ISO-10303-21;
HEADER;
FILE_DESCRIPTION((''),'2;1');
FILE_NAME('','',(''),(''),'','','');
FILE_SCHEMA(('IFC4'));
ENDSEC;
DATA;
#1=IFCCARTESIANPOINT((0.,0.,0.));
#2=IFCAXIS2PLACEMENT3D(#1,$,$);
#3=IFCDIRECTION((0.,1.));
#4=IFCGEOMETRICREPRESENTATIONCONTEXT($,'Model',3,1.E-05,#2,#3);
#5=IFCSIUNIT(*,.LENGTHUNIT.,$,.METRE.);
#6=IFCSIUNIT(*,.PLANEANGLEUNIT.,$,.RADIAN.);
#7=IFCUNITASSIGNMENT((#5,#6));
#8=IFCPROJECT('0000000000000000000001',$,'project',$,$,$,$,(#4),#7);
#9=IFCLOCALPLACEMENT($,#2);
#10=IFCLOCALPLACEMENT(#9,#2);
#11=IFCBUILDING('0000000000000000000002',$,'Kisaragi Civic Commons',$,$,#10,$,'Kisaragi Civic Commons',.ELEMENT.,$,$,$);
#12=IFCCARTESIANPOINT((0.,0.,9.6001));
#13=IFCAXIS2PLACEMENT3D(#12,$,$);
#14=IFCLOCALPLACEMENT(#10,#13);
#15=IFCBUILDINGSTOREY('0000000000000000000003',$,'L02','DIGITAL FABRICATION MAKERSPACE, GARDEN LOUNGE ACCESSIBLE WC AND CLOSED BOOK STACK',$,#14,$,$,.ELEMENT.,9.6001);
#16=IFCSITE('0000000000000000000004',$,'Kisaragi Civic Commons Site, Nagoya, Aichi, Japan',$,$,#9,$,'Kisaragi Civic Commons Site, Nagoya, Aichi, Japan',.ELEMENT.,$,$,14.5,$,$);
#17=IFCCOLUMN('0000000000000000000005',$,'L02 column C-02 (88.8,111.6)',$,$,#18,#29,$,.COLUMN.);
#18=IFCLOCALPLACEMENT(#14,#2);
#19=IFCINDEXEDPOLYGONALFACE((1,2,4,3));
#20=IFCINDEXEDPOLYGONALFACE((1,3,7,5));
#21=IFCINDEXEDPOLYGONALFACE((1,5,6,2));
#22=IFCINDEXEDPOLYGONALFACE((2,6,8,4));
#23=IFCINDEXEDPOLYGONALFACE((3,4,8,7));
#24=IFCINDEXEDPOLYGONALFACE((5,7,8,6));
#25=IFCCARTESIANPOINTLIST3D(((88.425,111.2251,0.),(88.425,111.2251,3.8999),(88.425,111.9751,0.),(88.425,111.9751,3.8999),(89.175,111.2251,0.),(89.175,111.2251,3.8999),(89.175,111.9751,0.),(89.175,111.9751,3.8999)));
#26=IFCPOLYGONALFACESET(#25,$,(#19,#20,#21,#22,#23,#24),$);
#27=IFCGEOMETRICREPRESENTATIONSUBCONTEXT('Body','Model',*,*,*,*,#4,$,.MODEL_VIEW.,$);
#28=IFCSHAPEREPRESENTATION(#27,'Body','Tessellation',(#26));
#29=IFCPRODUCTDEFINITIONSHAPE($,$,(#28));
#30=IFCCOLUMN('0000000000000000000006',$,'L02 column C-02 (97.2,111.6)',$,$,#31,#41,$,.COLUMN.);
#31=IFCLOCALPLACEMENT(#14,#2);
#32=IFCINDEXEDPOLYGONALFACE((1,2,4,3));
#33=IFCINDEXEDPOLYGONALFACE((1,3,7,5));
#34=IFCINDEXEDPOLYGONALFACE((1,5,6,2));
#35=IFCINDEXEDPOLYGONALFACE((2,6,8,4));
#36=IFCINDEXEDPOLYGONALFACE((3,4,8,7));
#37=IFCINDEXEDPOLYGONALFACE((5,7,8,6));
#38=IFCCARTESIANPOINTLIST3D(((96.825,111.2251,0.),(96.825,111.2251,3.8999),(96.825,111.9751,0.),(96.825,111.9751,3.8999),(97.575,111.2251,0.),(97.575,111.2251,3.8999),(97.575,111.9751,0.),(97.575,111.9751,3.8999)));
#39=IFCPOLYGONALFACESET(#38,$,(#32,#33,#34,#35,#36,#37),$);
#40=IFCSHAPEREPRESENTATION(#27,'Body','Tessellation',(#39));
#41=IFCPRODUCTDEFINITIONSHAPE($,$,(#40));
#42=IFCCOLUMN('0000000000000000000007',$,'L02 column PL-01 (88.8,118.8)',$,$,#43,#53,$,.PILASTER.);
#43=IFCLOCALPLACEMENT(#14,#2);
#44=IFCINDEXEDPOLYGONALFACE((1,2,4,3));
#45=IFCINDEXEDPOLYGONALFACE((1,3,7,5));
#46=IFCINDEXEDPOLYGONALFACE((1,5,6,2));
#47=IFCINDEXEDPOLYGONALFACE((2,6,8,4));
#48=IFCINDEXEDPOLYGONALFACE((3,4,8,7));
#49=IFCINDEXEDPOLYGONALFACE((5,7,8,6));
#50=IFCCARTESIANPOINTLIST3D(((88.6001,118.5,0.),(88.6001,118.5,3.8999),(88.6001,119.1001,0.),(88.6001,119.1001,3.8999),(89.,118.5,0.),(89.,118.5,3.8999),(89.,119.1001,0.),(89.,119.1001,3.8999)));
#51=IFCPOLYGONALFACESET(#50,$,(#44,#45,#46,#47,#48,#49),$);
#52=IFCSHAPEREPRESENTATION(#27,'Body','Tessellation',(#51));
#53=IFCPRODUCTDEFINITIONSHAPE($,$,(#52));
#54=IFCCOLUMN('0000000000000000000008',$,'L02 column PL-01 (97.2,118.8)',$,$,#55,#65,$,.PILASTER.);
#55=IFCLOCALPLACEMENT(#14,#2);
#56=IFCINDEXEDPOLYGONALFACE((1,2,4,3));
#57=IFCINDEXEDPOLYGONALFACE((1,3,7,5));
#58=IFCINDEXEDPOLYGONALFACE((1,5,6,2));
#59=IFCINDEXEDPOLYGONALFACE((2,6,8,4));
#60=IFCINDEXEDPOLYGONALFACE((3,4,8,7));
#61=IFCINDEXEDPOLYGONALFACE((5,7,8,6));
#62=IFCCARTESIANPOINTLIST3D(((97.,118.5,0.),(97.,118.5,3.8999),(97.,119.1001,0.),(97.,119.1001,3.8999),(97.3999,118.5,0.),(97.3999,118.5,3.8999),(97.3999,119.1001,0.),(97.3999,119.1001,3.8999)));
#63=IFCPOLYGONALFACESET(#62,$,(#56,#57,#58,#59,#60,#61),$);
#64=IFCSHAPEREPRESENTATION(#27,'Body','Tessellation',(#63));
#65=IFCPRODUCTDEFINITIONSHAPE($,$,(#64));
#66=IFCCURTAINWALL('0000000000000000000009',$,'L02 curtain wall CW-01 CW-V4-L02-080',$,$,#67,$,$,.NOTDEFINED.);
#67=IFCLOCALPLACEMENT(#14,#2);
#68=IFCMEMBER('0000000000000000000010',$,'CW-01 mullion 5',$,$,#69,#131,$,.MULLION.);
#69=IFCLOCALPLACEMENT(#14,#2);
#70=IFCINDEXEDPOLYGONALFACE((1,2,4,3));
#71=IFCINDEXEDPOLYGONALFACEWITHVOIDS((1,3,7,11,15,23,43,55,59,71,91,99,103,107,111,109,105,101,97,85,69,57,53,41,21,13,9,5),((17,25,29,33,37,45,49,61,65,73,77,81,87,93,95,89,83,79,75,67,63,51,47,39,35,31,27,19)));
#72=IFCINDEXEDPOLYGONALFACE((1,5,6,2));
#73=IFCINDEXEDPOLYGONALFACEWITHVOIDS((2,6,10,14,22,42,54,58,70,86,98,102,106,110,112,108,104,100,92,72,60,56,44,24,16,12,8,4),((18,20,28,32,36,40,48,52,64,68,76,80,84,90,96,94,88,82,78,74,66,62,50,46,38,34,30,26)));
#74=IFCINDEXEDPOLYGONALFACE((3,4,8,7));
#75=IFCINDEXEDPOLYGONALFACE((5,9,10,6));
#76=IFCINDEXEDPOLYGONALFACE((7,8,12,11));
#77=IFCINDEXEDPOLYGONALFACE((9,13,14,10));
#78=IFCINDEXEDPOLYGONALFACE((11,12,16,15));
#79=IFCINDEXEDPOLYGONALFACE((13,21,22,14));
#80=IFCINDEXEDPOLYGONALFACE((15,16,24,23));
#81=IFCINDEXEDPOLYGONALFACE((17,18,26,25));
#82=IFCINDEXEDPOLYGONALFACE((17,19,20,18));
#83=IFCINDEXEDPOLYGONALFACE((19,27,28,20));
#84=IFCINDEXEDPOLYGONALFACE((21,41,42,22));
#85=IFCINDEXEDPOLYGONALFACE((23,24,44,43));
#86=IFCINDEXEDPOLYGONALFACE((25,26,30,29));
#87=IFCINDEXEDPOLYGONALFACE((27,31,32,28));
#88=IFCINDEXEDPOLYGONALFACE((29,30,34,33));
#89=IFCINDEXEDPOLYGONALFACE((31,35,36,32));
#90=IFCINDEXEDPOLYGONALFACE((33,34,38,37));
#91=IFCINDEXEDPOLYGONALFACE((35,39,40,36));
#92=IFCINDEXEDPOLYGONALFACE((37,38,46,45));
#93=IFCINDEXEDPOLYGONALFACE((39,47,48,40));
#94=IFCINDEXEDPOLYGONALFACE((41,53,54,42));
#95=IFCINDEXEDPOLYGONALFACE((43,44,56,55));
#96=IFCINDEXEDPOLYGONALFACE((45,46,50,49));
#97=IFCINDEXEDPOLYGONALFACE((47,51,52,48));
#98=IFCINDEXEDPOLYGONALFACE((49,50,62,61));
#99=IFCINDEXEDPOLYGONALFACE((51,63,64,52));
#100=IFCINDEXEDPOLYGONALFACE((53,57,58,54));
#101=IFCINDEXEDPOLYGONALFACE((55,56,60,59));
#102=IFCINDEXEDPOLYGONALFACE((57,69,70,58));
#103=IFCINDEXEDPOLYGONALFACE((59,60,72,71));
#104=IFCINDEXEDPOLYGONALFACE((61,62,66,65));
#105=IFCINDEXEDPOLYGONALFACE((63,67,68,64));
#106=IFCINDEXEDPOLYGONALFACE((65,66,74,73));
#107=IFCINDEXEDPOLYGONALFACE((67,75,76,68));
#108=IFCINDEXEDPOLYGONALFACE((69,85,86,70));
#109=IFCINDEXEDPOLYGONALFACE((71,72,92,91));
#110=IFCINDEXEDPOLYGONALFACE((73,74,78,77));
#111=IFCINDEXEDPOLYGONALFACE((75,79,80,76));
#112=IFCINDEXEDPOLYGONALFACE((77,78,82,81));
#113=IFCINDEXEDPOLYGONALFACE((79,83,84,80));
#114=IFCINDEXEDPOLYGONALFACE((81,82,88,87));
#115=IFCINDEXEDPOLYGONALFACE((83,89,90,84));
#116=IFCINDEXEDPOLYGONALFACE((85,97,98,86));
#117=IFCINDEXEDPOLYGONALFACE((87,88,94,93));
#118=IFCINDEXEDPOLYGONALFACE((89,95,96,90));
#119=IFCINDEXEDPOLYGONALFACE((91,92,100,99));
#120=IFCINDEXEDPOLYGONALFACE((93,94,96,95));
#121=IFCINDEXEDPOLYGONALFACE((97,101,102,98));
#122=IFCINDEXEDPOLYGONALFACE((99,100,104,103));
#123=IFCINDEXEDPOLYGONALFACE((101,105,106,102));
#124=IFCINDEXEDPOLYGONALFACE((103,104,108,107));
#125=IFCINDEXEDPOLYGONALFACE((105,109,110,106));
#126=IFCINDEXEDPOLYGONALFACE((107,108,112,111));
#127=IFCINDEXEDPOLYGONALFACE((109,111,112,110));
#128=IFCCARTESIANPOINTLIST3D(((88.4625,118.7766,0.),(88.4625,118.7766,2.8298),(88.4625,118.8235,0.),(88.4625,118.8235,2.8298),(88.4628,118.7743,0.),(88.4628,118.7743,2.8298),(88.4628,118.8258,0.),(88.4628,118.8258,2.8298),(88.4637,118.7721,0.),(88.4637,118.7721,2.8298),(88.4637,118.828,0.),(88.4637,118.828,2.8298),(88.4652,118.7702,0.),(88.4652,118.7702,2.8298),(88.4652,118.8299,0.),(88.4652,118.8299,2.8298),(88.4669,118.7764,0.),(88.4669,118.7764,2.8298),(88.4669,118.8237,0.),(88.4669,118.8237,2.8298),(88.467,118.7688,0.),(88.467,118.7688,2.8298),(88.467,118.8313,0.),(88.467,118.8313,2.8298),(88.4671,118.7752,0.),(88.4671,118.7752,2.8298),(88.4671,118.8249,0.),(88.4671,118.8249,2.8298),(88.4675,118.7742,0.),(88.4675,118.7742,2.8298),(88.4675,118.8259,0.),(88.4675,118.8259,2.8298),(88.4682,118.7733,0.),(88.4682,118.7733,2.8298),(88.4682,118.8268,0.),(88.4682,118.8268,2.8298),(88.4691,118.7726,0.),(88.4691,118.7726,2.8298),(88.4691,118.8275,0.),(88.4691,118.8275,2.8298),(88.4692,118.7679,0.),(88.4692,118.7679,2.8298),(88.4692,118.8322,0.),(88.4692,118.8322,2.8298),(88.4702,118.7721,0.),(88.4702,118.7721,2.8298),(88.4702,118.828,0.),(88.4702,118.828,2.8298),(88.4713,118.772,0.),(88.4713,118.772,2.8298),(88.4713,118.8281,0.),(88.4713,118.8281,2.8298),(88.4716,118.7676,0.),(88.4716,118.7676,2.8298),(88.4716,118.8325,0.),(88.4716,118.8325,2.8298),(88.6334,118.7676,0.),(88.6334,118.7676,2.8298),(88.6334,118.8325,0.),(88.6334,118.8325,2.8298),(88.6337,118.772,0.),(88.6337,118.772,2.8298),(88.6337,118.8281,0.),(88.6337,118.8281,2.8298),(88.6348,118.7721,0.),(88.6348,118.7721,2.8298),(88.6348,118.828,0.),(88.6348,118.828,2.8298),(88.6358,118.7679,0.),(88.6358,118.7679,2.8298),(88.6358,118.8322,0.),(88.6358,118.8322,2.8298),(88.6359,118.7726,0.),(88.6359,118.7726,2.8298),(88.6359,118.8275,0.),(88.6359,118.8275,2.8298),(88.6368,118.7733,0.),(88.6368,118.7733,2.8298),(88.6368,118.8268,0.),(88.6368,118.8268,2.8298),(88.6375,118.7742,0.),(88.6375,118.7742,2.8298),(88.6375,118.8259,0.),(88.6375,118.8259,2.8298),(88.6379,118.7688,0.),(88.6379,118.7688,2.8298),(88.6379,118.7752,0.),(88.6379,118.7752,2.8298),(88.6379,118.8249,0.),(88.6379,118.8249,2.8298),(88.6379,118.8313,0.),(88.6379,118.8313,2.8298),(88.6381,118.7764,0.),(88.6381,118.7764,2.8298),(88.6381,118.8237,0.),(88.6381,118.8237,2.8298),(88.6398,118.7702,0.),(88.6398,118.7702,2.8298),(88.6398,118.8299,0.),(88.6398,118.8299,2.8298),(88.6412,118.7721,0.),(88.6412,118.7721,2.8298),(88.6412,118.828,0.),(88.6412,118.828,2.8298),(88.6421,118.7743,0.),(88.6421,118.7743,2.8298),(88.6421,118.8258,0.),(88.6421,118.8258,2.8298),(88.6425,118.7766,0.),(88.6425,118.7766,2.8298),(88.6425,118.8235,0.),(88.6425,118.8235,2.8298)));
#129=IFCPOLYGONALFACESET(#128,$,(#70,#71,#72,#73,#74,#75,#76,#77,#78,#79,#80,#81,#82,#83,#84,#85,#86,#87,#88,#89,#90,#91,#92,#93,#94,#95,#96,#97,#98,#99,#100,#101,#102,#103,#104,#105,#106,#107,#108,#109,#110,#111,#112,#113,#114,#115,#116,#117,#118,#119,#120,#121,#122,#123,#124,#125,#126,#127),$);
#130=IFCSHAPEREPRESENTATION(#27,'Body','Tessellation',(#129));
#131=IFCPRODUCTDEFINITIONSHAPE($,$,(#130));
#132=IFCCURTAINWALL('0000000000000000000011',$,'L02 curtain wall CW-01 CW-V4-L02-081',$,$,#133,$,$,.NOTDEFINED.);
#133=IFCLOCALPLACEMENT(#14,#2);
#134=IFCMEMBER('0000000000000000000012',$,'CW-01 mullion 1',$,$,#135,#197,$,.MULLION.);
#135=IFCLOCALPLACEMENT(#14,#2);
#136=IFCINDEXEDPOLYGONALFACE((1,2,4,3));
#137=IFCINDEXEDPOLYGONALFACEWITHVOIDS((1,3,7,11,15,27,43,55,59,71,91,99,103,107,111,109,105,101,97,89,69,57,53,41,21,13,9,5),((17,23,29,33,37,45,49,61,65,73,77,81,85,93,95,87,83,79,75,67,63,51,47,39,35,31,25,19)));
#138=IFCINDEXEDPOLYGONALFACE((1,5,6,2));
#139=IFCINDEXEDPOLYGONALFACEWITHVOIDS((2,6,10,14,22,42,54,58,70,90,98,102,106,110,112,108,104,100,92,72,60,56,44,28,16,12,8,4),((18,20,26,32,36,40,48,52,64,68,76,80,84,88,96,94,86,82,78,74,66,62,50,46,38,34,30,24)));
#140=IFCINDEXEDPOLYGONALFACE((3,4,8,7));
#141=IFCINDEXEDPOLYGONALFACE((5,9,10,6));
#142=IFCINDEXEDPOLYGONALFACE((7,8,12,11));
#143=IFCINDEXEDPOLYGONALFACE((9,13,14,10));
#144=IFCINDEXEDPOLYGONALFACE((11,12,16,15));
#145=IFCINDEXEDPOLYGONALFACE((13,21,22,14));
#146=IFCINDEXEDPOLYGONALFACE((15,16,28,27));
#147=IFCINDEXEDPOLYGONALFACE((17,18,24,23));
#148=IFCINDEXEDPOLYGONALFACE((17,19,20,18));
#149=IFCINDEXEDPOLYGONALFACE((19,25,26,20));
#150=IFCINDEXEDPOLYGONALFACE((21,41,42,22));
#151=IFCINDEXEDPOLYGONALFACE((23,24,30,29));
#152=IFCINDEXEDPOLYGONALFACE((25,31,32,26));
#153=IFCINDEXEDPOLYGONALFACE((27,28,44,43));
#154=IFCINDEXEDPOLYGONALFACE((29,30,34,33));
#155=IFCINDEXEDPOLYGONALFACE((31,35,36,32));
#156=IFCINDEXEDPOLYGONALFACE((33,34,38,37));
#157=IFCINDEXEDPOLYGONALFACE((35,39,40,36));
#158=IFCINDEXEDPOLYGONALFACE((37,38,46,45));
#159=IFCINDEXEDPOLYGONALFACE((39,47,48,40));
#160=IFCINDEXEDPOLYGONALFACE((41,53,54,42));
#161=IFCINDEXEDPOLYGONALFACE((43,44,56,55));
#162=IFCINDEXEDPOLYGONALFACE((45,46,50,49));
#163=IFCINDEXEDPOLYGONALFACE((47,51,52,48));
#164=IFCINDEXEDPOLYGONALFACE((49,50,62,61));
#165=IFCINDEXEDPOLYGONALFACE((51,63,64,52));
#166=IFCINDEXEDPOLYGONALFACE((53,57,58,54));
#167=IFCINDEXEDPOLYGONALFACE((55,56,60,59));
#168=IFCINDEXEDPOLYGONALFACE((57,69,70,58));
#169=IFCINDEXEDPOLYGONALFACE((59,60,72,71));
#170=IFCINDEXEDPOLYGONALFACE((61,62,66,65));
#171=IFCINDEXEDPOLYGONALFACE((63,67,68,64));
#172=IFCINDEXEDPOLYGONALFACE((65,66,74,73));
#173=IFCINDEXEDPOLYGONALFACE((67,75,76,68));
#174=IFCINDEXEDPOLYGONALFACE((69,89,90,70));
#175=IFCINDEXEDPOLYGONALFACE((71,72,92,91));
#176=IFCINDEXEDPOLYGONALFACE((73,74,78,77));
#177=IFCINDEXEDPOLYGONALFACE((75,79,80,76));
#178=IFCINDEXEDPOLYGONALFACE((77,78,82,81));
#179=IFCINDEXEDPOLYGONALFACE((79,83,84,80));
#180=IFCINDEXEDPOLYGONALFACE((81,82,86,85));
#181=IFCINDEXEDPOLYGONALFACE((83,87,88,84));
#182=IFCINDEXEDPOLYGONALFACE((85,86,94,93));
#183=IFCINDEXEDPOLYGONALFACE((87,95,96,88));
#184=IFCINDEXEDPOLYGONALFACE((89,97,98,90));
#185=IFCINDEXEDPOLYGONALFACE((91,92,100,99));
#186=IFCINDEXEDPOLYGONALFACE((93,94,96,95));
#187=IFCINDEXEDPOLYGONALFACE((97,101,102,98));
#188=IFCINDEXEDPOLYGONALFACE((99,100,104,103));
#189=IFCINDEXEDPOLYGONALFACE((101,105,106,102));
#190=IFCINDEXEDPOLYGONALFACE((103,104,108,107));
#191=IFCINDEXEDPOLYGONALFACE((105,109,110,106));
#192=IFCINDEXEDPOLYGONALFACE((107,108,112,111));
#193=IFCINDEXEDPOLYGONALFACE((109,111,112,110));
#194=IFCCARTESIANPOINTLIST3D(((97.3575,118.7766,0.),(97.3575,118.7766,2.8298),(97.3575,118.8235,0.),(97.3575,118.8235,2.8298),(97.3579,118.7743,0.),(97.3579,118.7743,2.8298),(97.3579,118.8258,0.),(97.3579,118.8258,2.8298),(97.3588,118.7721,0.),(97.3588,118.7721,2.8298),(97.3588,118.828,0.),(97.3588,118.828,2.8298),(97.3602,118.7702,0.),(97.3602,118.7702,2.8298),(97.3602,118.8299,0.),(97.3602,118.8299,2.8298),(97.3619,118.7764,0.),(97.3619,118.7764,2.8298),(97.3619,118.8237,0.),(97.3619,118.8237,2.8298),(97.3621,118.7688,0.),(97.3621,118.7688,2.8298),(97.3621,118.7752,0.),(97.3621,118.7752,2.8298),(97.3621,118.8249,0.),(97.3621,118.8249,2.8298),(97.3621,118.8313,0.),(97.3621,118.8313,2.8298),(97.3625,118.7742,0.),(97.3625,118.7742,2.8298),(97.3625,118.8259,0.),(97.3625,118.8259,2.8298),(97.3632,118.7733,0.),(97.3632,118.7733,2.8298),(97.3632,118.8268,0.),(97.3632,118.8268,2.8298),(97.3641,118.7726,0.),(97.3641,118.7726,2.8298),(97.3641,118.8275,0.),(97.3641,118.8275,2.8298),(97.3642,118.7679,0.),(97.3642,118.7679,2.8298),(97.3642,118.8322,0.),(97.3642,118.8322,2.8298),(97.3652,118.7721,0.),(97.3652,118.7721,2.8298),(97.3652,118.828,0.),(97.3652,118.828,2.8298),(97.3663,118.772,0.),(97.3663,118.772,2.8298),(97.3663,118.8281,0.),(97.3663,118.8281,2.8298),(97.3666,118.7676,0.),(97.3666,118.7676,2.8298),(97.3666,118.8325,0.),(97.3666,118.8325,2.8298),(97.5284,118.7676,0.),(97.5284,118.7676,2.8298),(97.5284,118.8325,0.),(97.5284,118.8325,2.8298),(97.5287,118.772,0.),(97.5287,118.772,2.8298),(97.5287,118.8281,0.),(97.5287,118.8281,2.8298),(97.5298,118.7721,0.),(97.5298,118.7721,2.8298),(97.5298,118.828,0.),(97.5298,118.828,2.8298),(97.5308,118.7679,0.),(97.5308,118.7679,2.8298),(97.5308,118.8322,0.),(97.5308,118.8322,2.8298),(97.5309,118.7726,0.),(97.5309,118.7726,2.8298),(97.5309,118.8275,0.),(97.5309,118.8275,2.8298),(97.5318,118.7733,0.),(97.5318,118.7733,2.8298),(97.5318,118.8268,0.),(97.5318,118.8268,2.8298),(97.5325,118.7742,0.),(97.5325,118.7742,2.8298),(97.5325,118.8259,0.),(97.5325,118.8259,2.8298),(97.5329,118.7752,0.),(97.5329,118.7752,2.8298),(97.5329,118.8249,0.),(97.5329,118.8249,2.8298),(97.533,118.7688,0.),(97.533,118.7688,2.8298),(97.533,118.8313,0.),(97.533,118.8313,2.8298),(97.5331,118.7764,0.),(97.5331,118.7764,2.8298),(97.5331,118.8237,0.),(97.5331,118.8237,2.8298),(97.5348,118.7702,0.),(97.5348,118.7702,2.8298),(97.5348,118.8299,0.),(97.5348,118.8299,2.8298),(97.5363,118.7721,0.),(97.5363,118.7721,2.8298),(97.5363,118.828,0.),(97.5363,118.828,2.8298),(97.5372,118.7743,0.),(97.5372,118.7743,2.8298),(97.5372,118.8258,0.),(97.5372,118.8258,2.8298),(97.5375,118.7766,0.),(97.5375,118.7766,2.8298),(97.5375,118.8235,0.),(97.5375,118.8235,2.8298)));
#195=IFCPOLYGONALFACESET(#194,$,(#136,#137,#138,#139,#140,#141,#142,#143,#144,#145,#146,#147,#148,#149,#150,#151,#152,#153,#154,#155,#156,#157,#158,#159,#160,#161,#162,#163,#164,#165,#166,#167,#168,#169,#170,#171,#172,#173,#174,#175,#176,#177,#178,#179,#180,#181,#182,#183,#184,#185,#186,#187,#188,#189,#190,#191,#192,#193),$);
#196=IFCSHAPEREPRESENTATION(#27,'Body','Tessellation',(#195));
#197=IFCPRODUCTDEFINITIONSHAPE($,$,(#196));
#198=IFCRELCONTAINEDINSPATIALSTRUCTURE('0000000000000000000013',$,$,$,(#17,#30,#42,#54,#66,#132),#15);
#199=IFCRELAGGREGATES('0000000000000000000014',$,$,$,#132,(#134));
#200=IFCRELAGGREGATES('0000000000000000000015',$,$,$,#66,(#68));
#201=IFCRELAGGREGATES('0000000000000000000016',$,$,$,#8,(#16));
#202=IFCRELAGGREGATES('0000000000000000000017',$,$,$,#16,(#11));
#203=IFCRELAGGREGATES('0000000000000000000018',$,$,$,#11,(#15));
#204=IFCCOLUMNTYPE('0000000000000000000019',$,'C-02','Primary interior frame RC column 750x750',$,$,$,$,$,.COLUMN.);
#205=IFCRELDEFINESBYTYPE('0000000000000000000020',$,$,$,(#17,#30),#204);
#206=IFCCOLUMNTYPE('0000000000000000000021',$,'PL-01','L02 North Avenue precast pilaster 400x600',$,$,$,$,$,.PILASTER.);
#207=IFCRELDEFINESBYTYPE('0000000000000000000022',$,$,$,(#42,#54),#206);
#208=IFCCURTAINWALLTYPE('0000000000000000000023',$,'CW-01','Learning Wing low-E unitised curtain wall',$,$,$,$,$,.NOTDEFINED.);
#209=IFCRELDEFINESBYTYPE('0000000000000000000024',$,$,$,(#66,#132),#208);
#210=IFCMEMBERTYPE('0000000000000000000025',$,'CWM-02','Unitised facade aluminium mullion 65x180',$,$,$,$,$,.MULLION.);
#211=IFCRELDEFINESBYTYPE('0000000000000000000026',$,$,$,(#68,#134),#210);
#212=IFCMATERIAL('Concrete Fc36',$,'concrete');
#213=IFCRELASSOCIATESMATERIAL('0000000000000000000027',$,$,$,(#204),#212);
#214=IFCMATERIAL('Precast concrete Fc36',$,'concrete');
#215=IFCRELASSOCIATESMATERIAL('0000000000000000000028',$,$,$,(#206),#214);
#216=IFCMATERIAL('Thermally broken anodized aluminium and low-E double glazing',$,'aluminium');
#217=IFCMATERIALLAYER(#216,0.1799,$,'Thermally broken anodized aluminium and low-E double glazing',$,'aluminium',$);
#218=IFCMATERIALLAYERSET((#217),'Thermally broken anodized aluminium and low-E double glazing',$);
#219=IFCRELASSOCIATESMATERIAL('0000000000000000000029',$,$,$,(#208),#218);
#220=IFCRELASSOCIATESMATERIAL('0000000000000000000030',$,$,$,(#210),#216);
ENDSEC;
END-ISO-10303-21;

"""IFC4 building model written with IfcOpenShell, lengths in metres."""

from ifc_helpers import new_model, si_unit, direction, frame, origin, origin_2d, place, context, subcontext, project, spatial, rectangle, hollow_rectangle, extrude, material, layer, layer_set, material_profile, profile_set, type_object, element, aggregate, save


model = new_model("IFC4")

# Units and contexts
model_context = context("Model", 3, precision=1e-05, world=origin(), true_north=direction((0.0, 1.0)))
body_context = subcontext(model_context, "Body", "Model", "MODEL_VIEW")
ifc_project = project(units=[si_unit("LENGTHUNIT", "METRE"), si_unit("PLANEANGLEUNIT", "RADIAN")], contexts=[model_context])

# Site, building, storey
site_placement = place(None, origin())
site = spatial("IfcSite", under=ifc_project, at=site_placement, Name="Kisaragi Civic Commons Site, Nagoya, Aichi, Japan", LongName="Kisaragi Civic Commons Site, Nagoya, Aichi, Japan", CompositionType="ELEMENT", RefElevation=14.5)
building_placement = place(site_placement, origin())
building = spatial("IfcBuilding", under=site, at=building_placement, Name="Kisaragi Civic Commons", LongName="Kisaragi Civic Commons", CompositionType="ELEMENT")
storey_placement = place(building_placement, frame((0.0, 0.0, 9.6001)))
storey = spatial("IfcBuildingStorey", under=building, at=storey_placement, Name="L02", Description="DIGITAL FABRICATION MAKERSPACE, GARDEN LOUNGE ACCESSIBLE WC AND CLOSED BOOK STACK", CompositionType="ELEMENT", Elevation=9.6001)

# Columns
ifc_material_1 = material(Name="Concrete Fc36", Category="concrete")
ifc_material_profile_1 = material_profile(ifc_material_1, rectangle(XDim=0.75, YDim=0.75, at=origin_2d()), Name="RC-750x750", Category="concrete")
ifc_profile_set_1 = profile_set([ifc_material_profile_1], Name="Concrete Fc36")
column_type_1 = type_object("IfcColumnType", Name="C-02", Description="Primary interior frame RC column 750x750", PredefinedType="COLUMN", material=ifc_profile_set_1)
for number, where, z_axis, x_axis, name in (
    (1, (88.8, 111.6001, 0.0), (0.0, 0.0, 1.0), (1.0, 0.0, 0.0), "L02 column C-02 (88.8,111.6)"),
    (2, (97.2, 111.6001, 0.0), (0.0, 0.0, 1.0), (1.0, 0.0, 0.0), "L02 column C-02 (97.2,111.6)"),
):
    element("IfcColumn", number, at=place(storey_placement, frame(where, z_axis=z_axis, x_axis=x_axis)), inside=storey, type_object=column_type_1, Name=name, PredefinedType="COLUMN", context=body_context, shape_type="SweptSolid", body=[
        extrude(rectangle(XDim=0.75, YDim=0.75, at=origin_2d()), origin(), (0.0, 0.0, 1.0), 3.8999),
    ])
ifc_material_2 = material(Name="Precast concrete Fc36", Category="concrete")
ifc_material_profile_2 = material_profile(ifc_material_2, rectangle(XDim=0.3999, YDim=0.6001, at=origin_2d()), Name="RC-400x600", Category="concrete")
ifc_profile_set_2 = profile_set([ifc_material_profile_2], Name="Precast concrete Fc36")
column_type_2 = type_object("IfcColumnType", Name="PL-01", Description="L02 North Avenue precast pilaster 400x600", PredefinedType="PILASTER", material=ifc_profile_set_2)
for number, where, z_axis, x_axis, name in (
    (3, (88.8, 118.8, 0.0), (0.0, 0.0, 1.0), (1.0, 0.0, 0.0), "L02 column PL-01 (88.8,118.8)"),
    (4, (97.2, 118.8, 0.0), (0.0, 0.0, 1.0), (1.0, 0.0, 0.0), "L02 column PL-01 (97.2,118.8)"),
):
    element("IfcColumn", number, at=place(storey_placement, frame(where, z_axis=z_axis, x_axis=x_axis)), inside=storey, type_object=column_type_2, Name=name, PredefinedType="PILASTER", context=body_context, shape_type="SweptSolid", body=[
        extrude(rectangle(XDim=0.3999, YDim=0.6001, at=origin_2d()), origin(), (0.0, 0.0, 1.0), 3.8999),
    ])

# Curtain walls, members
ifc_material_3 = material(Name="Thermally broken anodized aluminium and low-E double glazing", Category="aluminium")
ifc_layer_1 = layer(ifc_material_3, 0.1799, Name="Thermally broken anodized aluminium and low-E double glazing", Category="aluminium")
ifc_layer_set_1 = layer_set([ifc_layer_1], Name="Thermally broken anodized aluminium and low-E double glazing")
curtain_wall_type = type_object("IfcCurtainWallType", Name="CW-01", Description="Learning Wing low-E unitised curtain wall", PredefinedType="NOTDEFINED", material=ifc_layer_set_1)
curtain_wall_1_placement = place(storey_placement, origin())
curtain_wall_1 = element("IfcCurtainWall", 5, at=curtain_wall_1_placement, inside=storey, type_object=curtain_wall_type, Name="L02 curtain wall CW-01 CW-V4-L02-080", PredefinedType="NOTDEFINED")
ifc_material_profile_3 = material_profile(ifc_material_3, hollow_rectangle(XDim=0.0649, YDim=0.1799, WallThickness=0.0044, InnerFilletRadius=0.0044, OuterFilletRadius=0.009, at=origin_2d()), Name="CWM-65x180x4.5", Category="aluminium")
ifc_profile_set_3 = profile_set([ifc_material_profile_3], Name="Thermally broken anodized aluminium and low-E double glazing")
member_type_1 = type_object("IfcMemberType", Name="CWM-02", Description="Unitised facade aluminium mullion 65x180", PredefinedType="MULLION", material=ifc_profile_set_3)
member_1_placement = place(storey_placement, frame((88.5525, 118.8, 0.0), z_axis=(0.0, 0.0, 1.0), x_axis=(0.0, 1.0, 0.0)))
member_1 = element("IfcMember", 6, at=member_1_placement, type_object=member_type_1, Name="CW-01 mullion 5", PredefinedType="MULLION", context=body_context, shape_type="SweptSolid", body=[
    extrude(hollow_rectangle(XDim=0.0649, YDim=0.1799, WallThickness=0.0044, InnerFilletRadius=0.0044, OuterFilletRadius=0.009, at=origin_2d()), origin(), (0.0, 0.0, 1.0), 2.8298),
])
curtain_wall_2_placement = place(storey_placement, origin())
curtain_wall_2 = element("IfcCurtainWall", 7, at=curtain_wall_2_placement, inside=storey, type_object=curtain_wall_type, Name="L02 curtain wall CW-01 CW-V4-L02-081", PredefinedType="NOTDEFINED")
member_2_placement = place(storey_placement, frame((97.4475, 118.8, 0.0), z_axis=(0.0, 0.0, 1.0), x_axis=(0.0, 1.0, 0.0)))
member_2 = element("IfcMember", 8, at=member_2_placement, type_object=member_type_1, Name="CW-01 mullion 1", PredefinedType="MULLION", context=body_context, shape_type="SweptSolid", body=[
    extrude(hollow_rectangle(XDim=0.0649, YDim=0.1799, WallThickness=0.0044, InnerFilletRadius=0.0044, OuterFilletRadius=0.009, at=origin_2d()), origin(), (0.0, 0.0, 1.0), 2.8298),
])

aggregate(curtain_wall_2, [member_2])

aggregate(curtain_wall_1, [member_1])

save(model, "model.ifc")
